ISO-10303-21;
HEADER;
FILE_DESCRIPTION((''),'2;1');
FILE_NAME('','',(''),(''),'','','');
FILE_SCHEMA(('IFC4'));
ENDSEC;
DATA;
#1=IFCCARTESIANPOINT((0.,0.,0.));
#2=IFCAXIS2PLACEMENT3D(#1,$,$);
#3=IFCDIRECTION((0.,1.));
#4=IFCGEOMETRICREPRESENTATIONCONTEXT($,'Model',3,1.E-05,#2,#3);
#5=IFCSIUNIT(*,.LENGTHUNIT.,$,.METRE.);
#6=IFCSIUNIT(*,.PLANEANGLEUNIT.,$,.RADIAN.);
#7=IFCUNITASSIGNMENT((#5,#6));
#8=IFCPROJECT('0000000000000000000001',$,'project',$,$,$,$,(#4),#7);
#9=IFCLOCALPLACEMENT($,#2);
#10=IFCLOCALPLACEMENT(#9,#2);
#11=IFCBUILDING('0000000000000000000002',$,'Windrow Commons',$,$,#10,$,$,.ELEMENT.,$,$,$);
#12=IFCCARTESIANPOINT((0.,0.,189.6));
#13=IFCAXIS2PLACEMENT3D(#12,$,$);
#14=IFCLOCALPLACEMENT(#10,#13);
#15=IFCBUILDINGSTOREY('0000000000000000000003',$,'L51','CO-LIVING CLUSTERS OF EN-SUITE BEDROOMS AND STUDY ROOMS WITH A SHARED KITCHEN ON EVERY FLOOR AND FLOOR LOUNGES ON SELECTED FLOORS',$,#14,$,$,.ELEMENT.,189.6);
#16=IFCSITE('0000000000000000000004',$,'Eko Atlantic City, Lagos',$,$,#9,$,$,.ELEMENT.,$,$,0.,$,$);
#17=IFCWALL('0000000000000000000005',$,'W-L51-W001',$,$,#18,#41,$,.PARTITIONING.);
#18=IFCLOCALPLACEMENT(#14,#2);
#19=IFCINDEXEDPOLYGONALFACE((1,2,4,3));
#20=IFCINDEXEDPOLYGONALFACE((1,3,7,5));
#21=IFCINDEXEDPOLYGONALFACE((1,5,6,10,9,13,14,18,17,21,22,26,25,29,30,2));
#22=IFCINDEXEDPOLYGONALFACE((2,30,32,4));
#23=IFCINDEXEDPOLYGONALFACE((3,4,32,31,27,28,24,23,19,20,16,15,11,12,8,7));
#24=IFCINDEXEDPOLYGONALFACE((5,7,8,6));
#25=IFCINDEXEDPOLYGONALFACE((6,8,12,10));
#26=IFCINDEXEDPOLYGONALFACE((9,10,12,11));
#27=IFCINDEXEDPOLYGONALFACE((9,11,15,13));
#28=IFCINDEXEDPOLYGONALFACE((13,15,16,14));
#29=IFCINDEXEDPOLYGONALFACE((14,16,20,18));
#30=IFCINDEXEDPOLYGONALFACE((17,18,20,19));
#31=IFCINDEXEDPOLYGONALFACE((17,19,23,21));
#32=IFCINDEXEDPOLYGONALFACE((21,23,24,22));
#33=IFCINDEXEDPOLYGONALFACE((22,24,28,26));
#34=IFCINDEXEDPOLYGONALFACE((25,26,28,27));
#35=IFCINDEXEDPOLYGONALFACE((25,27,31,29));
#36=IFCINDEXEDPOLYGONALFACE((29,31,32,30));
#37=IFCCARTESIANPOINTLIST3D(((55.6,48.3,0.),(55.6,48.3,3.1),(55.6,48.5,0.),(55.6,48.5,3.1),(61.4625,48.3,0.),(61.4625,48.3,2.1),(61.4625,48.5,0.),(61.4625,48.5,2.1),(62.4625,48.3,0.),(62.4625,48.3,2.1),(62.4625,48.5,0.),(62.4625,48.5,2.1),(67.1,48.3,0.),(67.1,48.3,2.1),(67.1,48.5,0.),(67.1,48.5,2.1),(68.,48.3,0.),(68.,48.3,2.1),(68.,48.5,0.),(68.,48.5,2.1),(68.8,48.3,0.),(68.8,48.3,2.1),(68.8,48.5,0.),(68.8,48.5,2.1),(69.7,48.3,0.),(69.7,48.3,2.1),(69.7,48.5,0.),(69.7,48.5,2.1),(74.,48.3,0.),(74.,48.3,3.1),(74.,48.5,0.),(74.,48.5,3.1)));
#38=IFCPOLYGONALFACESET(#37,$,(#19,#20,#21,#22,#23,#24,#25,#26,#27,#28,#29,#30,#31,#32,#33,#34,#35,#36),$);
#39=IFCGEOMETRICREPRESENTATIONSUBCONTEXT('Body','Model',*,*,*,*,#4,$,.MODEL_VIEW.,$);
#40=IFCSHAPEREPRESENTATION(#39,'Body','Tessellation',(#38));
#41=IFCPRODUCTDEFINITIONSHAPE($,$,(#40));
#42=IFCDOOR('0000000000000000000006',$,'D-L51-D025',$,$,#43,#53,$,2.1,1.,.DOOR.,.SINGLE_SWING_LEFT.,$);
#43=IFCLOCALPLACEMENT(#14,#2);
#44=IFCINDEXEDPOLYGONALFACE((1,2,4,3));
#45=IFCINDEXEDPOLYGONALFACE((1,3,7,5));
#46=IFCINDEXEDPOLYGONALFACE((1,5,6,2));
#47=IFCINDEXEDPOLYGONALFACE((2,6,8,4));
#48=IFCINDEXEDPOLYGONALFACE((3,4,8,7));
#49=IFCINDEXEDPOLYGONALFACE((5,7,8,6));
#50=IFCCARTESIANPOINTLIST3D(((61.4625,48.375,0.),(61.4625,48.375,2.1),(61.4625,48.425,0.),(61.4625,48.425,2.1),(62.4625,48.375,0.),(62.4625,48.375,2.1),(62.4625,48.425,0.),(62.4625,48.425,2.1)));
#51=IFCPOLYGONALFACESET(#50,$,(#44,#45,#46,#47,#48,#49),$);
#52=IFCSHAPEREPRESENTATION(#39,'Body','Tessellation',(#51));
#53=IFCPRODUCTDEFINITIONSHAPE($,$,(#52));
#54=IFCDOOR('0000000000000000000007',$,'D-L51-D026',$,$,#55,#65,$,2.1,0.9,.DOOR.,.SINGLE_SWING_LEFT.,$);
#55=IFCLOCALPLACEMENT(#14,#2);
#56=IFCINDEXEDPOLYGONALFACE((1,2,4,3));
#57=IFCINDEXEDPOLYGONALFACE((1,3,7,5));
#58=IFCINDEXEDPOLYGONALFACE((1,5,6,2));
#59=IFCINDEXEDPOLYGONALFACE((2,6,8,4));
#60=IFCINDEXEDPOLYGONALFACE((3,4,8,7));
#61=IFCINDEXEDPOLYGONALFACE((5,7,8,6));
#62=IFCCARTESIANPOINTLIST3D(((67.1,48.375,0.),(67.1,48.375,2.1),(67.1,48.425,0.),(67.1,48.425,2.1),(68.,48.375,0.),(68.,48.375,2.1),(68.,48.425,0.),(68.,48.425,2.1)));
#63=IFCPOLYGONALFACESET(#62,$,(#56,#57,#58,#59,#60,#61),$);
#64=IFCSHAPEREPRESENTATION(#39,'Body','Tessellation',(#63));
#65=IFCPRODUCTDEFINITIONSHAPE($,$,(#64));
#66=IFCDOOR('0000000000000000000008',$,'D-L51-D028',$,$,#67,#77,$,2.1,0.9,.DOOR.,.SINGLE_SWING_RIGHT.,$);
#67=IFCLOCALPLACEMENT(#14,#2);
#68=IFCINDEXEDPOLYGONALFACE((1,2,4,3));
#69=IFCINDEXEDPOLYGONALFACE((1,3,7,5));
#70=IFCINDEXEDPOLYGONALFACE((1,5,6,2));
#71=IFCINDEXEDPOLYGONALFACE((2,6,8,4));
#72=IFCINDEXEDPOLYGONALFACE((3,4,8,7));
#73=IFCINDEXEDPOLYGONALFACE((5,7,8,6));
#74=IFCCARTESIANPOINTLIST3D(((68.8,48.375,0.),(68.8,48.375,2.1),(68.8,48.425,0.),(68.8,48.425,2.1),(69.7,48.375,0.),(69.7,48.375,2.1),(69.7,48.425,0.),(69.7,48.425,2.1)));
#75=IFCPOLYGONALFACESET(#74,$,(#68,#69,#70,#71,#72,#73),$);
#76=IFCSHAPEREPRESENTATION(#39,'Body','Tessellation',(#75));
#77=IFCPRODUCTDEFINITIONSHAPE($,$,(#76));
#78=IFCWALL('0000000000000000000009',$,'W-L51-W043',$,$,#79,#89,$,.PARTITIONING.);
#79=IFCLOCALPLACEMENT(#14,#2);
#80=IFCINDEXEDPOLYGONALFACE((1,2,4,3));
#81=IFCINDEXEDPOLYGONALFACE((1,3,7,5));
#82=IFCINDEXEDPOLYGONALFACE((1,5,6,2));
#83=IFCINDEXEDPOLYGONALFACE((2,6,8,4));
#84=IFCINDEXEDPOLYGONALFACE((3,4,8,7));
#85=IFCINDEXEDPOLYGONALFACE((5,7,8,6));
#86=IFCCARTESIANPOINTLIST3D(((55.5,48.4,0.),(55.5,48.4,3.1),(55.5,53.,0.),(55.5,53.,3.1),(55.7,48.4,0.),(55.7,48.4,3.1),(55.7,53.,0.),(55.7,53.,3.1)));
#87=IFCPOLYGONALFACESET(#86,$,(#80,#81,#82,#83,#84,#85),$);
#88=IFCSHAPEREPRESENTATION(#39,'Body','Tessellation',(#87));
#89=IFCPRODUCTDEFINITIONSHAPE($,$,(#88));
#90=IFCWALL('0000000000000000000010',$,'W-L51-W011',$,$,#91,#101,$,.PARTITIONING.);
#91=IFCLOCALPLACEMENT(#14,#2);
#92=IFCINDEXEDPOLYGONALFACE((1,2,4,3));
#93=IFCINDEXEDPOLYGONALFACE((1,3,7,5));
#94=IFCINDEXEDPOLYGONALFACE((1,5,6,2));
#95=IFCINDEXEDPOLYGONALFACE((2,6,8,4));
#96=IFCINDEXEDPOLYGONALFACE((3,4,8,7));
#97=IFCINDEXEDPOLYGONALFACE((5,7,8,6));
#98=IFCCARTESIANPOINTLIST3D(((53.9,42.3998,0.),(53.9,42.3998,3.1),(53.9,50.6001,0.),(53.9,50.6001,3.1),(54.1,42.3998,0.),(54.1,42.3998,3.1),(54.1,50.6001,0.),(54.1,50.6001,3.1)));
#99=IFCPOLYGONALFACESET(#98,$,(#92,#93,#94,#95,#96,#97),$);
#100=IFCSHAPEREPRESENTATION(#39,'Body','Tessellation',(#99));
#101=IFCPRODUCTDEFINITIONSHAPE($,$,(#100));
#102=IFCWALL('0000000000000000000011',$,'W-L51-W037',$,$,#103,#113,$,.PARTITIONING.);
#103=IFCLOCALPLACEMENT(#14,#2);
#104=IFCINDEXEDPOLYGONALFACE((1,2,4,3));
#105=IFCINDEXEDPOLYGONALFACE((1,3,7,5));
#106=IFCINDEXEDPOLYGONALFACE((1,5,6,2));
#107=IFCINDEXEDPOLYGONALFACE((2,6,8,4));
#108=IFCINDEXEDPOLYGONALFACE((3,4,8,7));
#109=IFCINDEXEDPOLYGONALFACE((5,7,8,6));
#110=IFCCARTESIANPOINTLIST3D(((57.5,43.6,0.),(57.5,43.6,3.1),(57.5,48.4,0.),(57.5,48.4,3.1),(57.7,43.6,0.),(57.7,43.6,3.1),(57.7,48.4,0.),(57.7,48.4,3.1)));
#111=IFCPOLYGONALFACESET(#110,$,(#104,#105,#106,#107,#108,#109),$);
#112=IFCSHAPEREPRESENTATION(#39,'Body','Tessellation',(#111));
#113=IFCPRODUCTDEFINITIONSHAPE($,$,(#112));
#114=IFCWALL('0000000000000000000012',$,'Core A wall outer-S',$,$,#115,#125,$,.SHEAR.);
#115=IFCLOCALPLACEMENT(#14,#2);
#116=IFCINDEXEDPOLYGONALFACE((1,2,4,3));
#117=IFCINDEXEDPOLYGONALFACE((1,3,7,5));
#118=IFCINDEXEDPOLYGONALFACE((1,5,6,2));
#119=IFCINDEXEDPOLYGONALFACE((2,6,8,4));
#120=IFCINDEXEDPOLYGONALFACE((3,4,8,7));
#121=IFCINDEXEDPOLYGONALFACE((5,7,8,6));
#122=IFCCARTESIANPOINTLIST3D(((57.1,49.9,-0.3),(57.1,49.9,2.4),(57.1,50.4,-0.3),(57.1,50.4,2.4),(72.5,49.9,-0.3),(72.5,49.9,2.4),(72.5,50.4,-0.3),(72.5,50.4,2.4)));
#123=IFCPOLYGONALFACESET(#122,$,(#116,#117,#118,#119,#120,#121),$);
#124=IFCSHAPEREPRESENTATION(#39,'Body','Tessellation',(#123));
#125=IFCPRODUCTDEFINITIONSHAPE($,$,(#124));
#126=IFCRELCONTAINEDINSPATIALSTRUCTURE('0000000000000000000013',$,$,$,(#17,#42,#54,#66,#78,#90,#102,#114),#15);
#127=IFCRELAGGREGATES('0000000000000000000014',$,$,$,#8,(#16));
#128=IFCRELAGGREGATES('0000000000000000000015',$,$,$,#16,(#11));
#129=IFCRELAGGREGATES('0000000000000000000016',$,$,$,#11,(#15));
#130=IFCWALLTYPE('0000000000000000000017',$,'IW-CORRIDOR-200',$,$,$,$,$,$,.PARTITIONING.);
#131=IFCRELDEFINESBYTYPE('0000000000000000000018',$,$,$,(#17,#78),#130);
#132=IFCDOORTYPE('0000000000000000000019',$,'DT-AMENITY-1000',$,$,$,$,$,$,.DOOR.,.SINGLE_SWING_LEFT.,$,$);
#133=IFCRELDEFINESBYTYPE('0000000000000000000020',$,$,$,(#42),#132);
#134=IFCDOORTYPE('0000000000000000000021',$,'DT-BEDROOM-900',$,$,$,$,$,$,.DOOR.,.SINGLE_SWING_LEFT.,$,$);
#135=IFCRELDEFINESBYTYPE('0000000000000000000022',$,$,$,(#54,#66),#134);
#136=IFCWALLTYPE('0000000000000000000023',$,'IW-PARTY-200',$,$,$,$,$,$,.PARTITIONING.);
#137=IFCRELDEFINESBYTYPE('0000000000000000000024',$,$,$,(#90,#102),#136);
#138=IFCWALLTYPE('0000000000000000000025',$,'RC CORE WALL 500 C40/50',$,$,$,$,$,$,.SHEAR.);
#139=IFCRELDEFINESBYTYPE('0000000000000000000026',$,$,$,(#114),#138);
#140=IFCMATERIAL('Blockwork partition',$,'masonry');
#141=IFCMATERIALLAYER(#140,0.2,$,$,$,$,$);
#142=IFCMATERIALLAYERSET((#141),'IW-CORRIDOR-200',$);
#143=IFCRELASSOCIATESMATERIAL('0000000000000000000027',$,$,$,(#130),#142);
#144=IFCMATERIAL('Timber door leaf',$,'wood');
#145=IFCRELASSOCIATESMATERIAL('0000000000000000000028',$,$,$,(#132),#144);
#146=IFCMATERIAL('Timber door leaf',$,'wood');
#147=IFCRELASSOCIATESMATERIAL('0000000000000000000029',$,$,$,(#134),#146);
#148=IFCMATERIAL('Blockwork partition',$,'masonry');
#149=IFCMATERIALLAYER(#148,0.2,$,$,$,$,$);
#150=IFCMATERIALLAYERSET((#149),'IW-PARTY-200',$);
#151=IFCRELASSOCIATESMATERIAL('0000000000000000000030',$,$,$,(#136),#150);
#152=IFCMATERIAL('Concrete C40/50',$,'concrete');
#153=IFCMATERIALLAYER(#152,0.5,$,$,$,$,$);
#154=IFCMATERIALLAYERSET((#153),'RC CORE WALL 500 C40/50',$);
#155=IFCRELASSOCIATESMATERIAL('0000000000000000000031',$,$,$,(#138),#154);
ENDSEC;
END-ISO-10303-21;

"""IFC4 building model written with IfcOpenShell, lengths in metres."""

from ifc_helpers import new_model, si_unit, direction, frame, frame_2d, origin, place, context, subcontext, project, spatial, rectangle, extrude, material, layer, layer_set, type_object, element, fill, save


model = new_model("IFC4")

# Units and contexts
model_context = context("Model", 3, precision=1e-05, world=origin(), true_north=direction((0.0, 1.0)))
body_context = subcontext(model_context, "Body", "Model", "MODEL_VIEW")
ifc_project = project(units=[si_unit("LENGTHUNIT", "METRE"), si_unit("PLANEANGLEUNIT", "RADIAN")], contexts=[model_context])

# Site, building, storey
site_placement = place(None, origin())
site = spatial("IfcSite", under=ifc_project, at=site_placement, Name="Eko Atlantic City, Lagos", CompositionType="ELEMENT", RefElevation=0.0)
building_placement = place(site_placement, origin())
building = spatial("IfcBuilding", under=site, at=building_placement, Name="Windrow Commons", CompositionType="ELEMENT")
storey_placement = place(building_placement, frame((0.0, 0.0, 189.6)))
storey = spatial("IfcBuildingStorey", under=building, at=storey_placement, Name="L51", Description="CO-LIVING CLUSTERS OF EN-SUITE BEDROOMS AND STUDY ROOMS WITH A SHARED KITCHEN ON EVERY FLOOR AND FLOOR LOUNGES ON SELECTED FLOORS", CompositionType="ELEMENT", Elevation=189.6)

# Wall, openings, doors
ifc_material_1 = material(Name="Blockwork partition", Category="masonry")
ifc_layer_1 = layer(ifc_material_1, 0.2)
ifc_layer_set_1 = layer_set([ifc_layer_1], Name="IW-CORRIDOR-200")
wall_type_1 = type_object("IfcWallType", Name="IW-CORRIDOR-200", PredefinedType="PARTITIONING", material=ifc_layer_set_1)
wall_1_placement = place(storey_placement, frame((55.6, 48.4, 0.0), z_axis=(0.0, 0.0, 1.0), x_axis=(1.0, 0.0, 0.0)))
wall_1 = element("IfcWall", 1, at=wall_1_placement, inside=storey, type_object=wall_type_1, Name="W-L51-W001", PredefinedType="PARTITIONING", context=body_context, shape_type="SweptSolid", body=[
    extrude(rectangle(XDim=18.4, YDim=0.2, at=frame_2d((9.2, 0.0))), origin(), (0.0, 0.0, 1.0), 3.1),
])
opening_1_placement = place(wall_1_placement, frame((5.8625, 0.0, 0.0)))
opening_1 = element("IfcOpeningElement", 2, at=opening_1_placement, cuts=wall_1, PredefinedType="OPENING", context=body_context, shape_type="SweptSolid", body=[
    extrude(rectangle(XDim=1.0, YDim=2.1, at=frame_2d((0.5, 1.05))), frame((0.0, 0.11, 0.0), z_axis=(0.0, -1.0, 0.0), x_axis=(1.0, 0.0, 0.0)), (0.0, 0.0, 1.0), 0.22),
])
opening_2_placement = place(wall_1_placement, frame((11.5, 0.0, 0.0)))
opening_2 = element("IfcOpeningElement", 3, at=opening_2_placement, cuts=wall_1, PredefinedType="OPENING", context=body_context, shape_type="SweptSolid", body=[
    extrude(rectangle(XDim=0.9, YDim=2.1, at=frame_2d((0.45, 1.05))), frame((0.0, 0.11, 0.0), z_axis=(0.0, -1.0, 0.0), x_axis=(1.0, 0.0, 0.0)), (0.0, 0.0, 1.0), 0.22),
])
opening_3_placement = place(wall_1_placement, frame((13.2, 0.0, 0.0)))
opening_3 = element("IfcOpeningElement", 4, at=opening_3_placement, cuts=wall_1, PredefinedType="OPENING", context=body_context, shape_type="SweptSolid", body=[
    extrude(rectangle(XDim=0.9, YDim=2.1, at=frame_2d((0.45, 1.05))), frame((0.0, 0.11, 0.0), z_axis=(0.0, -1.0, 0.0), x_axis=(1.0, 0.0, 0.0)), (0.0, 0.0, 1.0), 0.22),
])
ifc_material_2 = material(Name="Timber door leaf", Category="wood")
door_type_1 = type_object("IfcDoorType", Name="DT-AMENITY-1000", OperationType="SINGLE_SWING_LEFT", PredefinedType="DOOR", material=ifc_material_2)
door_1_placement = place(opening_1_placement, origin())
door_1 = element("IfcDoor", 5, at=door_1_placement, inside=storey, type_object=door_type_1, Name="D-L51-D025", OperationType="SINGLE_SWING_LEFT", OverallHeight=2.1, OverallWidth=1.0, PredefinedType="DOOR", context=body_context, shape_type="SweptSolid", body=[
    extrude(rectangle(XDim=1.0, YDim=2.1, at=frame_2d((0.5, 1.05))), frame((0.0, 0.025, 0.0), z_axis=(0.0, -1.0, 0.0), x_axis=(1.0, 0.0, 0.0)), (0.0, 0.0, 1.0), 0.05),
])
fill(opening_1, door_1)
ifc_material_3 = material(Name="Timber door leaf", Category="wood")
door_type_2 = type_object("IfcDoorType", Name="DT-BEDROOM-900", OperationType="SINGLE_SWING_LEFT", PredefinedType="DOOR", material=ifc_material_3)
door_2_placement = place(opening_2_placement, origin())
door_2 = element("IfcDoor", 6, at=door_2_placement, inside=storey, type_object=door_type_2, Name="D-L51-D026", OperationType="SINGLE_SWING_LEFT", OverallHeight=2.1, OverallWidth=0.9, PredefinedType="DOOR", context=body_context, shape_type="SweptSolid", body=[
    extrude(rectangle(XDim=0.9, YDim=2.1, at=frame_2d((0.45, 1.05))), frame((0.0, 0.025, 0.0), z_axis=(0.0, -1.0, 0.0), x_axis=(1.0, 0.0, 0.0)), (0.0, 0.0, 1.0), 0.05),
])
fill(opening_2, door_2)
door_3_placement = place(opening_3_placement, origin())
door_3 = element("IfcDoor", 7, at=door_3_placement, inside=storey, type_object=door_type_2, Name="D-L51-D028", OperationType="SINGLE_SWING_RIGHT", OverallHeight=2.1, OverallWidth=0.9, PredefinedType="DOOR", context=body_context, shape_type="SweptSolid", body=[
    extrude(rectangle(XDim=0.9, YDim=2.1, at=frame_2d((0.45, 1.05))), frame((0.0, 0.025, 0.0), z_axis=(0.0, -1.0, 0.0), x_axis=(1.0, 0.0, 0.0)), (0.0, 0.0, 1.0), 0.05),
])
fill(opening_3, door_3)

# Walls
wall_2_placement = place(storey_placement, frame((55.6, 48.4, 0.0), z_axis=(0.0, 0.0, 1.0), x_axis=(0.0, 1.0, 0.0)))
element("IfcWall", 8, at=wall_2_placement, inside=storey, type_object=wall_type_1, Name="W-L51-W043", PredefinedType="PARTITIONING", context=body_context, shape_type="SweptSolid", body=[
    extrude(rectangle(XDim=4.6, YDim=0.2, at=frame_2d((2.3, 0.0))), origin(), (0.0, 0.0, 1.0), 3.1),
])
ifc_material_4 = material(Name="Blockwork partition", Category="masonry")
ifc_layer_2 = layer(ifc_material_4, 0.2)
ifc_layer_set_2 = layer_set([ifc_layer_2], Name="IW-PARTY-200")
wall_type_2 = type_object("IfcWallType", Name="IW-PARTY-200", PredefinedType="PARTITIONING", material=ifc_layer_set_2)
wall_3_placement = place(storey_placement, frame((54.0, 42.3997, 0.0), z_axis=(0.0, 0.0, 1.0), x_axis=(0.0, 1.0, 0.0)))
element("IfcWall", 9, at=wall_3_placement, inside=storey, type_object=wall_type_2, Name="W-L51-W011", PredefinedType="PARTITIONING", context=body_context, shape_type="SweptSolid", body=[
    extrude(rectangle(XDim=8.2003, YDim=0.2, at=frame_2d((4.1002, 0.0))), origin(), (0.0, 0.0, 1.0), 3.1),
])
wall_4_placement = place(storey_placement, frame((57.6, 43.6, 0.0), z_axis=(0.0, 0.0, 1.0), x_axis=(0.0, 1.0, 0.0)))
element("IfcWall", 10, at=wall_4_placement, inside=storey, type_object=wall_type_2, Name="W-L51-W037", PredefinedType="PARTITIONING", context=body_context, shape_type="SweptSolid", body=[
    extrude(rectangle(XDim=4.8, YDim=0.2, at=frame_2d((2.4, 0.0))), origin(), (0.0, 0.0, 1.0), 3.1),
])
ifc_material_5 = material(Name="Concrete C40/50", Category="concrete")
ifc_layer_3 = layer(ifc_material_5, 0.5)
ifc_layer_set_3 = layer_set([ifc_layer_3], Name="RC CORE WALL 500 C40/50")
wall_type_3 = type_object("IfcWallType", Name="RC CORE WALL 500 C40/50", PredefinedType="SHEAR", material=ifc_layer_set_3)
wall_5_placement = place(storey_placement, frame((57.1, 50.15, -0.3), z_axis=(0.0, 0.0, 1.0), x_axis=(1.0, 0.0, 0.0)))
element("IfcWall", 11, at=wall_5_placement, inside=storey, type_object=wall_type_3, Name="Core A wall outer-S", PredefinedType="SHEAR", context=body_context, shape_type="SweptSolid", body=[
    extrude(rectangle(XDim=15.4, YDim=0.5, at=frame_2d((7.7, 0.0))), origin(), (0.0, 0.0, 1.0), 2.7),
])

save(model, "model.ifc")
